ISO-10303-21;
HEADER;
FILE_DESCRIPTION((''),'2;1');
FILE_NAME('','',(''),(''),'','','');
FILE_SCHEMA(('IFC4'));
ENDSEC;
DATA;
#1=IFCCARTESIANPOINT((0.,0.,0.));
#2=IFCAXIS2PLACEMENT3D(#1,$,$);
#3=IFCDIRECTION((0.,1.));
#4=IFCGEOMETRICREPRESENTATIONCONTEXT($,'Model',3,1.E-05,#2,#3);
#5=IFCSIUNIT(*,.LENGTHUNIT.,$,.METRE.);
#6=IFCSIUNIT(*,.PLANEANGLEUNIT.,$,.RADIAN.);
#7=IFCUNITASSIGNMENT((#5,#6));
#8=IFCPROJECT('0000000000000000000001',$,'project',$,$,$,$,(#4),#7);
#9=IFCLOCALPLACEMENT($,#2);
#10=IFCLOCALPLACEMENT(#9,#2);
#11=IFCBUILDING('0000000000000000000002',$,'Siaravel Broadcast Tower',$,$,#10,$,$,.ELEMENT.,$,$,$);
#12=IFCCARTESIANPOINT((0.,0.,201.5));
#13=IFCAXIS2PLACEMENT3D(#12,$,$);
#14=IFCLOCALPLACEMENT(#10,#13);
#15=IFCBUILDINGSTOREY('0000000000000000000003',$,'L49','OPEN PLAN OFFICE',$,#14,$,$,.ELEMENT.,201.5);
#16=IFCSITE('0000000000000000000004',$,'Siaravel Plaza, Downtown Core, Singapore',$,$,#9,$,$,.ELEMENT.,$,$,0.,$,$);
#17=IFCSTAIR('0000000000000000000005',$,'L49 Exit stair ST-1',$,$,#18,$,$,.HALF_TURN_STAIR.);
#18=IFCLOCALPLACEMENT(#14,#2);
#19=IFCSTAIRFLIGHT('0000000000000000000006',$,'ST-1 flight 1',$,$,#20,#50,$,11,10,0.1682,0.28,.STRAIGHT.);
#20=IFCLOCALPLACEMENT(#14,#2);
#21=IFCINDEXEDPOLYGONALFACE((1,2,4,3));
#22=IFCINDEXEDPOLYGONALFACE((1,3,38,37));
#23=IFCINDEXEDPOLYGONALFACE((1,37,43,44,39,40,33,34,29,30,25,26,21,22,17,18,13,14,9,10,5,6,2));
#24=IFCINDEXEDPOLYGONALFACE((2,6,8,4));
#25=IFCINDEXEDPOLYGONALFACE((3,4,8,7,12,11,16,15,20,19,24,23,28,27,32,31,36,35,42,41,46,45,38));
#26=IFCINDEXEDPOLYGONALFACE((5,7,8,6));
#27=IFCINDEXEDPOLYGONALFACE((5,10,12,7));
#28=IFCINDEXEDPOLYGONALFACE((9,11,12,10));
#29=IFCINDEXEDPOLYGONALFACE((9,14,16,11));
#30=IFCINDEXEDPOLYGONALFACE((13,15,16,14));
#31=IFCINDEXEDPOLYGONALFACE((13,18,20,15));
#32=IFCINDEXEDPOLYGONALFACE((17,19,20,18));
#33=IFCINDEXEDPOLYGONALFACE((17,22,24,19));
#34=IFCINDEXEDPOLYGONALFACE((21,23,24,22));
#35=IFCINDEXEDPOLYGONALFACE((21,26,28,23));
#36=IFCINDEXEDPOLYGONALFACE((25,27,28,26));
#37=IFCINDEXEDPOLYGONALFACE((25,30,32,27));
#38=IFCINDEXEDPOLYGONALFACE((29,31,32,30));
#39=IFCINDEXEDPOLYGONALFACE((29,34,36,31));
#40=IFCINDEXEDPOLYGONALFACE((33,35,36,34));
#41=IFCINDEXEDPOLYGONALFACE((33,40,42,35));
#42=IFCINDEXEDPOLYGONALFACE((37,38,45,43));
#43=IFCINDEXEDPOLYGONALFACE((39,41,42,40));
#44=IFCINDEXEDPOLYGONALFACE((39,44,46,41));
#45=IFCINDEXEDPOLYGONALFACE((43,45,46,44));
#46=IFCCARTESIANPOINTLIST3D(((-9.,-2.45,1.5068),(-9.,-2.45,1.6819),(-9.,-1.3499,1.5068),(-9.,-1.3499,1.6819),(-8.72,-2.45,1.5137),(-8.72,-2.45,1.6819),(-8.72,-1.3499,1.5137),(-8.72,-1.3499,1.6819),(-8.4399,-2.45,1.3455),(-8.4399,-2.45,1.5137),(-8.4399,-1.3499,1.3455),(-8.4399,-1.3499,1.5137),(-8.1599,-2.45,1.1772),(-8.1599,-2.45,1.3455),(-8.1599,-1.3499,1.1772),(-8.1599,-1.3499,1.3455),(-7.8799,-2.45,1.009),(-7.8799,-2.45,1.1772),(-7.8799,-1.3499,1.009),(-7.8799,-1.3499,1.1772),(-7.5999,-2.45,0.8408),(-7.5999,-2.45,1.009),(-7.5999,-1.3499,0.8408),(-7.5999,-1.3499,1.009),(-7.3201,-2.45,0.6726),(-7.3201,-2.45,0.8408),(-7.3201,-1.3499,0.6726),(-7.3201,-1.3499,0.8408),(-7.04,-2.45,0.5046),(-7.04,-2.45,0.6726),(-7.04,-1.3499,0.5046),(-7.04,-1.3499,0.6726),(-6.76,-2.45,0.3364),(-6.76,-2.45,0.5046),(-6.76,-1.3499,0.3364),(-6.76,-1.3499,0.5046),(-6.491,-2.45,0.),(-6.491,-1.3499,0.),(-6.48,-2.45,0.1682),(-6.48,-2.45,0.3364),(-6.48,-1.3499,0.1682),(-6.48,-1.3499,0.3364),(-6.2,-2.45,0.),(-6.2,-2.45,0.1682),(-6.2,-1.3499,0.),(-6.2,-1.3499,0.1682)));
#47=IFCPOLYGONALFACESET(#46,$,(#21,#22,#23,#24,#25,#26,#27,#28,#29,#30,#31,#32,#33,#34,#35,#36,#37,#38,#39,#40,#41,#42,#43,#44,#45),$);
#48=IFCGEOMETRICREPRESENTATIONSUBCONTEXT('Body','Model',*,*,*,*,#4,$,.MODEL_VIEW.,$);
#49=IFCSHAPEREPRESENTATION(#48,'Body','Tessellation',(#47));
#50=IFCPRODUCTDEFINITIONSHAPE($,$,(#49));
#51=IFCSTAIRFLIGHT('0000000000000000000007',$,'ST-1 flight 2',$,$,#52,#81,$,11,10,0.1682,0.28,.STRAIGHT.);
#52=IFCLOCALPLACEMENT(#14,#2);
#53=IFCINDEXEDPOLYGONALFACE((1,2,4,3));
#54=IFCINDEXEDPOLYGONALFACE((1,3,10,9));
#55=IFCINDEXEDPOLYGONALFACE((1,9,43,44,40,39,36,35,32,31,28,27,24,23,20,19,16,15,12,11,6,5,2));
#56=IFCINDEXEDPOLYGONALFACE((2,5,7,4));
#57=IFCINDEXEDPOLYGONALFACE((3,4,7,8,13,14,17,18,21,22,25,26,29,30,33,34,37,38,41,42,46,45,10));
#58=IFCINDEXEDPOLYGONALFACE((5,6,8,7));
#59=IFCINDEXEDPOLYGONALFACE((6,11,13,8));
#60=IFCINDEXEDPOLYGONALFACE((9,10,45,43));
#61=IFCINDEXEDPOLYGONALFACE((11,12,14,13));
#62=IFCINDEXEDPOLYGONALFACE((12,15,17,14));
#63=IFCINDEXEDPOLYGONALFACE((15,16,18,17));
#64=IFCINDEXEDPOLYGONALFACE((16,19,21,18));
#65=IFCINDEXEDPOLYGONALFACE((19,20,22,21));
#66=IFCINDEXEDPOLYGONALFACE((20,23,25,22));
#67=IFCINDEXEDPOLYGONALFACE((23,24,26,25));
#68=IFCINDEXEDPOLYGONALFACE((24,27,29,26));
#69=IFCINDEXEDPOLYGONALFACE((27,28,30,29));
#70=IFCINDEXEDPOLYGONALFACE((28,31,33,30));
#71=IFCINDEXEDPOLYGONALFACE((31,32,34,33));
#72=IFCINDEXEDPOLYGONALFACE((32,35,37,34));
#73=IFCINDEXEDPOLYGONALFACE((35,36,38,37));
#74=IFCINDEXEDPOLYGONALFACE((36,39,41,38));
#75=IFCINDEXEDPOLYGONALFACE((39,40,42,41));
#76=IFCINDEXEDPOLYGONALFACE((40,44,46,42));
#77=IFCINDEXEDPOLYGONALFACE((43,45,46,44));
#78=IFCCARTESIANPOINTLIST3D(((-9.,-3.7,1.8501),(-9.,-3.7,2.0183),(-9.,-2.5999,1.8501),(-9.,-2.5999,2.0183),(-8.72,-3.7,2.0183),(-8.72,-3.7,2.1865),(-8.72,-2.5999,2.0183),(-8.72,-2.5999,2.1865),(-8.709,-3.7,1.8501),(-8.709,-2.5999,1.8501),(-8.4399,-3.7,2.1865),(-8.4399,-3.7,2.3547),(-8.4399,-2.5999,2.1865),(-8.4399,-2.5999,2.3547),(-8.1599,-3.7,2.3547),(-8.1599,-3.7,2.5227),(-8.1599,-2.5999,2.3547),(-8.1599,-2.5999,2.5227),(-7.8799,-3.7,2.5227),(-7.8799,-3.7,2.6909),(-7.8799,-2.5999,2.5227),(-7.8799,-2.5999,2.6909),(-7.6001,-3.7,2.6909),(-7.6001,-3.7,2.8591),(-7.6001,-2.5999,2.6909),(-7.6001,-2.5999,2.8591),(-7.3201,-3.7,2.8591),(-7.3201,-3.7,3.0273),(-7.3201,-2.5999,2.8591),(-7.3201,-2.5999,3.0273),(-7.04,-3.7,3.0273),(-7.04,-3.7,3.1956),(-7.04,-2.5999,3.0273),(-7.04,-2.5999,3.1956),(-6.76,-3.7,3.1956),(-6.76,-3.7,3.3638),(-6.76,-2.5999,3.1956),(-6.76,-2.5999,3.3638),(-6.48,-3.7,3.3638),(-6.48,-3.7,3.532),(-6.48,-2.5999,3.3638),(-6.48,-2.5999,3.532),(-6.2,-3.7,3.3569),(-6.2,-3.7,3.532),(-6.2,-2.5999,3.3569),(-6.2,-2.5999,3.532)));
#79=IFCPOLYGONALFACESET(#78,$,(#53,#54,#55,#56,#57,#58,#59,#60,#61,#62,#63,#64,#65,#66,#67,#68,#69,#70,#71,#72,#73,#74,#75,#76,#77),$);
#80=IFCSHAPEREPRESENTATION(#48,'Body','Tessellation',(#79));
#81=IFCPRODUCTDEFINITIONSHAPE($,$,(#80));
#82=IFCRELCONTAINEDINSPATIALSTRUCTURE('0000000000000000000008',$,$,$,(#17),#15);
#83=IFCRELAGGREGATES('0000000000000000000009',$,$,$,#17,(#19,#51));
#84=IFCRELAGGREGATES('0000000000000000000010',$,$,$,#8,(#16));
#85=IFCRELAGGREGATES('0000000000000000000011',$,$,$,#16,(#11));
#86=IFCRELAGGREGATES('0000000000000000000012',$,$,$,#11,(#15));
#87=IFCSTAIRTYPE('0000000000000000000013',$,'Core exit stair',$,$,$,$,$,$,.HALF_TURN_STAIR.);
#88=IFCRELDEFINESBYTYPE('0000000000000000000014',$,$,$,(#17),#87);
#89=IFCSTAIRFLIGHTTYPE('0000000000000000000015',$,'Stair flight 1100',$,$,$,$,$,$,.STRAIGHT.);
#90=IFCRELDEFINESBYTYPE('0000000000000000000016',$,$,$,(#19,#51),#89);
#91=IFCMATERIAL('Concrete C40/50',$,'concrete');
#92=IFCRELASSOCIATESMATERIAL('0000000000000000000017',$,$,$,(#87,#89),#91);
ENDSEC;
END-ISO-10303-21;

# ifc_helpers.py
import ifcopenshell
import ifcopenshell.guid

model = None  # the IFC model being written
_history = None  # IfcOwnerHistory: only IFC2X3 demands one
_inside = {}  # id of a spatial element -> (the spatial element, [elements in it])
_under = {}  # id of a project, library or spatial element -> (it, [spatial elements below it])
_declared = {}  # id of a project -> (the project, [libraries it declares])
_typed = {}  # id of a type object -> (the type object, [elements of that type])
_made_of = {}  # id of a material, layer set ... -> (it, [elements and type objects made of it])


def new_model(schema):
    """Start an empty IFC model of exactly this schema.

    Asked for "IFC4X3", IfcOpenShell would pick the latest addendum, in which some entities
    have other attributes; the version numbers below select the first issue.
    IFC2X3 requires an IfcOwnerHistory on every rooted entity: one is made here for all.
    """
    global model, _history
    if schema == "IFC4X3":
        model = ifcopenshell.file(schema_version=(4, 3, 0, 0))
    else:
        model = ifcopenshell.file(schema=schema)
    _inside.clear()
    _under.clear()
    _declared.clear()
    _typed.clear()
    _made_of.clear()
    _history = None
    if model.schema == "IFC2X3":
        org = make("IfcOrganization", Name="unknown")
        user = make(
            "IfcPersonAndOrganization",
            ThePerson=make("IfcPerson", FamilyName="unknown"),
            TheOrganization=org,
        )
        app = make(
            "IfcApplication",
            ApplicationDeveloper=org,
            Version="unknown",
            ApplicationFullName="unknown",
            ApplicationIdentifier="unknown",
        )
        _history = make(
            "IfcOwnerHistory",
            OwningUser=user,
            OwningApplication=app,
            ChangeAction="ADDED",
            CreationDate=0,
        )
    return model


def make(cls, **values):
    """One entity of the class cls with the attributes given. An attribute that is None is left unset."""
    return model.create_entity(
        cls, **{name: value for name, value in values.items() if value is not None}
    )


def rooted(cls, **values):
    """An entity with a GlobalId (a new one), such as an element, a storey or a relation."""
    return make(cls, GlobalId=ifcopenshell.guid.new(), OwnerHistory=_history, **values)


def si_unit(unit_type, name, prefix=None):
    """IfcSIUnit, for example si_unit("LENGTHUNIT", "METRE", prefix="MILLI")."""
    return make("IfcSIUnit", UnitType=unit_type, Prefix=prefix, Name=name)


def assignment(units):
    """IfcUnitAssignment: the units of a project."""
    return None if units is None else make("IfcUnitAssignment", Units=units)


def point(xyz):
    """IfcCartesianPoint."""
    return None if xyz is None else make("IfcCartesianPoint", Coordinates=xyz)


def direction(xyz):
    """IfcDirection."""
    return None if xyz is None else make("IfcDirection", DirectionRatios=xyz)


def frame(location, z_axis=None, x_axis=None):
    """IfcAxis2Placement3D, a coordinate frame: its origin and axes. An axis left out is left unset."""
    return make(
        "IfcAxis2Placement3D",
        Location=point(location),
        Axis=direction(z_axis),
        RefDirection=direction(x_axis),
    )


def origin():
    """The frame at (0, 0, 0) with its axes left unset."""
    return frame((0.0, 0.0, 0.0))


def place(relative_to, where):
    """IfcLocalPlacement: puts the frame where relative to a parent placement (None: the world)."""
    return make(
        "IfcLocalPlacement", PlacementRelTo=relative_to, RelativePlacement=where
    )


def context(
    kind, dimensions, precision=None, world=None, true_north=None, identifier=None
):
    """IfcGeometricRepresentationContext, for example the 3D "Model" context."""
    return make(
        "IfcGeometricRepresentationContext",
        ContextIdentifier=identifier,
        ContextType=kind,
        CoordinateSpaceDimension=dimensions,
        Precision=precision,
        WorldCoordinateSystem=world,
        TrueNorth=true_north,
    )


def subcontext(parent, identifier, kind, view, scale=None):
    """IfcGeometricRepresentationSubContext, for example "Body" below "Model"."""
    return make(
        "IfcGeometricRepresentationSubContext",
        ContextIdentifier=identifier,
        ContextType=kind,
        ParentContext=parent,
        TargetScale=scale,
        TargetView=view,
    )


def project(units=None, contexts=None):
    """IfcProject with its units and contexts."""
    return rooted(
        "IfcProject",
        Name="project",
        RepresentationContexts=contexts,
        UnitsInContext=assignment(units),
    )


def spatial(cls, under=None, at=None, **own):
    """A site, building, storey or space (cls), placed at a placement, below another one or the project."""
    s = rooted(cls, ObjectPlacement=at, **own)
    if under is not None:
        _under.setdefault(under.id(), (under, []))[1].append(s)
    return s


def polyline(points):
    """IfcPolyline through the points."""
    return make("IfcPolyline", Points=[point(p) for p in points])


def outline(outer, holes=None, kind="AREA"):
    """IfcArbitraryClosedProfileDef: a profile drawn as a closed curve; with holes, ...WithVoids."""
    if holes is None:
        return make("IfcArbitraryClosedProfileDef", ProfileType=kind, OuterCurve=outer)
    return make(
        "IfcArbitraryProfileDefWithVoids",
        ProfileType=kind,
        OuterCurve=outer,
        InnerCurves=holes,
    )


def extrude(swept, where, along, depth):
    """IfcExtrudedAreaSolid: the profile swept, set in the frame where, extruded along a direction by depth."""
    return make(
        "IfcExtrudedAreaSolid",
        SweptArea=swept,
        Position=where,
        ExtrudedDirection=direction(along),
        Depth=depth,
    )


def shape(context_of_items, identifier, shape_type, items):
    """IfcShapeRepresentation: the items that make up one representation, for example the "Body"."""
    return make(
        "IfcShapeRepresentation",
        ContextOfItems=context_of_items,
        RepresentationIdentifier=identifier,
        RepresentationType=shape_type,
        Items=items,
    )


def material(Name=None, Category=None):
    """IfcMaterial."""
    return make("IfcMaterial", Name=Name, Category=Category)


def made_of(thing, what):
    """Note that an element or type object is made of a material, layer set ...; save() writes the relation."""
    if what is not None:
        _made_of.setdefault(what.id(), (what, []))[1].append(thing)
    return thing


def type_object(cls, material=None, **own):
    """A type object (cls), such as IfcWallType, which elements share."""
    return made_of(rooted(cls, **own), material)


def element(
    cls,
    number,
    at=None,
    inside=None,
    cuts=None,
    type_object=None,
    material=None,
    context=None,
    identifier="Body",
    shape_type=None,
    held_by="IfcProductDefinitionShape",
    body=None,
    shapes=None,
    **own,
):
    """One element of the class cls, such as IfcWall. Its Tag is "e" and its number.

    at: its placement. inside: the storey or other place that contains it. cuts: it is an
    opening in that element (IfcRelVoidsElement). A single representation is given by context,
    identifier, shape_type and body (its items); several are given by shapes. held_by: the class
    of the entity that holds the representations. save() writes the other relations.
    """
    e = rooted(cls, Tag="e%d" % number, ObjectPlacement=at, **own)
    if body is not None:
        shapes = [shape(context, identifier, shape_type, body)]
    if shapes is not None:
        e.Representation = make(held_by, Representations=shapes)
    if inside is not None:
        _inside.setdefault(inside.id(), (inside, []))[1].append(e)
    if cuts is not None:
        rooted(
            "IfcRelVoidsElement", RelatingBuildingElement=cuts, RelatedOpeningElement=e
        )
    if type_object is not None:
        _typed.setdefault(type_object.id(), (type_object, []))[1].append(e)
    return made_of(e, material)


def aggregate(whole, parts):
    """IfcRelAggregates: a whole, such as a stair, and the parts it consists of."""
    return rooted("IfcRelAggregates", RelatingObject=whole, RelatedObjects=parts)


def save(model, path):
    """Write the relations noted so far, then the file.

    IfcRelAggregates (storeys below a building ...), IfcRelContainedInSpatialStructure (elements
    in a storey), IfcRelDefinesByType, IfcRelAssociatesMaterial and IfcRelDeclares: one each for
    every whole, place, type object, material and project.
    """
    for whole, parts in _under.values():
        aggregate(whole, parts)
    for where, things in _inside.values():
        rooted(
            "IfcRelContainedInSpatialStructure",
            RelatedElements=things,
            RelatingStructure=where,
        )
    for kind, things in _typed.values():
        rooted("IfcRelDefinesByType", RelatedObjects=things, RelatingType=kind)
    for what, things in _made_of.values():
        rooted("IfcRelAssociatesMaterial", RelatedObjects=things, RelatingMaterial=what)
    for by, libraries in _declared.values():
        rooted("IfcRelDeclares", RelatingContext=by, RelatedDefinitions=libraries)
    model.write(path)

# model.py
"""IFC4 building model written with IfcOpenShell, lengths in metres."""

from ifc_helpers import new_model, si_unit, direction, frame, origin, place, context, subcontext, project, spatial, polyline, outline, extrude, material, type_object, element, aggregate, save


model = new_model("IFC4")

# Units and contexts
model_context = context("Model", 3, precision=1e-05, world=origin(), true_north=direction((0.0, 1.0)))
body_context = subcontext(model_context, "Body", "Model", "MODEL_VIEW")
ifc_project = project(units=[si_unit("LENGTHUNIT", "METRE"), si_unit("PLANEANGLEUNIT", "RADIAN")], contexts=[model_context])

# Site, building, storey
site_placement = place(None, origin())
site = spatial("IfcSite", under=ifc_project, at=site_placement, Name="Siaravel Plaza, Downtown Core, Singapore", CompositionType="ELEMENT", RefElevation=0.0)
building_placement = place(site_placement, origin())
building = spatial("IfcBuilding", under=site, at=building_placement, Name="Siaravel Broadcast Tower", CompositionType="ELEMENT")
storey_placement = place(building_placement, frame((0.0, 0.0, 201.5)))
storey = spatial("IfcBuildingStorey", under=building, at=storey_placement, Name="L49", Description="OPEN PLAN OFFICE", CompositionType="ELEMENT", Elevation=201.5)

# Stair, stair flights
ifc_material_1 = material(Name="Concrete C40/50", Category="concrete")
stair_type = type_object("IfcStairType", Name="Core exit stair", PredefinedType="HALF_TURN_STAIR", material=ifc_material_1)
stair_placement = place(storey_placement, origin())
stair = element("IfcStair", 1, at=stair_placement, inside=storey, type_object=stair_type, Name="L49 Exit stair ST-1", PredefinedType="HALF_TURN_STAIR")
stair_flight_type = type_object("IfcStairFlightType", Name="Stair flight 1100", PredefinedType="STRAIGHT", material=ifc_material_1)
stair_flight_1_placement = place(storey_placement, frame((-6.2, -1.8999, 0.0), z_axis=(0.0, 0.0, 1.0), x_axis=(-1.0, 0.0, 0.0)))
stair_flight_1 = element("IfcStairFlight", 2, at=stair_flight_1_placement, type_object=stair_flight_type, Name="ST-1 flight 1", NumberOfRisers=11, NumberOfTreads=10, PredefinedType="STRAIGHT", RiserHeight=0.1682, TreadLength=0.28, context=body_context, shape_type="SweptSolid", body=[
    extrude(outline(polyline([(0.0, 0.0), (0.0, 0.1682), (0.28, 0.1682), (0.28, 0.3364), (0.5601, 0.3364), (0.5601, 0.5046), (0.8401, 0.5046), (0.8401, 0.6726), (1.1201, 0.6726), (1.1201, 0.8408), (1.3999, 0.8408), (1.3999, 1.009), (1.6799, 1.009), (1.6799, 1.1772), (1.96, 1.1772), (1.96, 1.3455), (2.24, 1.3455), (2.24, 1.5137), (2.52, 1.5137), (2.52, 1.6819), (2.8, 1.6819), (2.8, 1.8501), (2.8, 1.5068), (0.291, 0.0), (0.0, 0.0)])), frame((0.0, 0.55, 0.0), z_axis=(0.0, -1.0, 0.0), x_axis=(1.0, 0.0, 0.0)), (0.0, 0.0, 1.0), 1.1001),
])
stair_flight_2_placement = place(storey_placement, frame((-9.0, -3.1499, 1.8501), z_axis=(0.0, 0.0, 1.0), x_axis=(1.0, 0.0, 0.0)))
stair_flight_2 = element("IfcStairFlight", 3, at=stair_flight_2_placement, type_object=stair_flight_type, Name="ST-1 flight 2", NumberOfRisers=11, NumberOfTreads=10, PredefinedType="STRAIGHT", RiserHeight=0.1682, TreadLength=0.28, context=body_context, shape_type="SweptSolid", body=[
    extrude(outline(polyline([(0.0, 0.0), (0.0, 0.1682), (0.28, 0.1682), (0.28, 0.3364), (0.5601, 0.3364), (0.5601, 0.5046), (0.8401, 0.5046), (0.8401, 0.6726), (1.1201, 0.6726), (1.1201, 0.8408), (1.3999, 0.8408), (1.3999, 1.009), (1.6799, 1.009), (1.6799, 1.1772), (1.96, 1.1772), (1.96, 1.3455), (2.24, 1.3455), (2.24, 1.5137), (2.52, 1.5137), (2.52, 1.6819), (2.8, 1.6819), (2.8, 1.8501), (2.8, 1.5068), (0.291, 0.0), (0.0, 0.0)])), frame((0.0, 0.55, 0.0), z_axis=(0.0, -1.0, 0.0), x_axis=(1.0, 0.0, 0.0)), (0.0, 0.0, 1.0), 1.1001),
])
aggregate(stair, [stair_flight_1, stair_flight_2])

save(model, "model.ifc")
